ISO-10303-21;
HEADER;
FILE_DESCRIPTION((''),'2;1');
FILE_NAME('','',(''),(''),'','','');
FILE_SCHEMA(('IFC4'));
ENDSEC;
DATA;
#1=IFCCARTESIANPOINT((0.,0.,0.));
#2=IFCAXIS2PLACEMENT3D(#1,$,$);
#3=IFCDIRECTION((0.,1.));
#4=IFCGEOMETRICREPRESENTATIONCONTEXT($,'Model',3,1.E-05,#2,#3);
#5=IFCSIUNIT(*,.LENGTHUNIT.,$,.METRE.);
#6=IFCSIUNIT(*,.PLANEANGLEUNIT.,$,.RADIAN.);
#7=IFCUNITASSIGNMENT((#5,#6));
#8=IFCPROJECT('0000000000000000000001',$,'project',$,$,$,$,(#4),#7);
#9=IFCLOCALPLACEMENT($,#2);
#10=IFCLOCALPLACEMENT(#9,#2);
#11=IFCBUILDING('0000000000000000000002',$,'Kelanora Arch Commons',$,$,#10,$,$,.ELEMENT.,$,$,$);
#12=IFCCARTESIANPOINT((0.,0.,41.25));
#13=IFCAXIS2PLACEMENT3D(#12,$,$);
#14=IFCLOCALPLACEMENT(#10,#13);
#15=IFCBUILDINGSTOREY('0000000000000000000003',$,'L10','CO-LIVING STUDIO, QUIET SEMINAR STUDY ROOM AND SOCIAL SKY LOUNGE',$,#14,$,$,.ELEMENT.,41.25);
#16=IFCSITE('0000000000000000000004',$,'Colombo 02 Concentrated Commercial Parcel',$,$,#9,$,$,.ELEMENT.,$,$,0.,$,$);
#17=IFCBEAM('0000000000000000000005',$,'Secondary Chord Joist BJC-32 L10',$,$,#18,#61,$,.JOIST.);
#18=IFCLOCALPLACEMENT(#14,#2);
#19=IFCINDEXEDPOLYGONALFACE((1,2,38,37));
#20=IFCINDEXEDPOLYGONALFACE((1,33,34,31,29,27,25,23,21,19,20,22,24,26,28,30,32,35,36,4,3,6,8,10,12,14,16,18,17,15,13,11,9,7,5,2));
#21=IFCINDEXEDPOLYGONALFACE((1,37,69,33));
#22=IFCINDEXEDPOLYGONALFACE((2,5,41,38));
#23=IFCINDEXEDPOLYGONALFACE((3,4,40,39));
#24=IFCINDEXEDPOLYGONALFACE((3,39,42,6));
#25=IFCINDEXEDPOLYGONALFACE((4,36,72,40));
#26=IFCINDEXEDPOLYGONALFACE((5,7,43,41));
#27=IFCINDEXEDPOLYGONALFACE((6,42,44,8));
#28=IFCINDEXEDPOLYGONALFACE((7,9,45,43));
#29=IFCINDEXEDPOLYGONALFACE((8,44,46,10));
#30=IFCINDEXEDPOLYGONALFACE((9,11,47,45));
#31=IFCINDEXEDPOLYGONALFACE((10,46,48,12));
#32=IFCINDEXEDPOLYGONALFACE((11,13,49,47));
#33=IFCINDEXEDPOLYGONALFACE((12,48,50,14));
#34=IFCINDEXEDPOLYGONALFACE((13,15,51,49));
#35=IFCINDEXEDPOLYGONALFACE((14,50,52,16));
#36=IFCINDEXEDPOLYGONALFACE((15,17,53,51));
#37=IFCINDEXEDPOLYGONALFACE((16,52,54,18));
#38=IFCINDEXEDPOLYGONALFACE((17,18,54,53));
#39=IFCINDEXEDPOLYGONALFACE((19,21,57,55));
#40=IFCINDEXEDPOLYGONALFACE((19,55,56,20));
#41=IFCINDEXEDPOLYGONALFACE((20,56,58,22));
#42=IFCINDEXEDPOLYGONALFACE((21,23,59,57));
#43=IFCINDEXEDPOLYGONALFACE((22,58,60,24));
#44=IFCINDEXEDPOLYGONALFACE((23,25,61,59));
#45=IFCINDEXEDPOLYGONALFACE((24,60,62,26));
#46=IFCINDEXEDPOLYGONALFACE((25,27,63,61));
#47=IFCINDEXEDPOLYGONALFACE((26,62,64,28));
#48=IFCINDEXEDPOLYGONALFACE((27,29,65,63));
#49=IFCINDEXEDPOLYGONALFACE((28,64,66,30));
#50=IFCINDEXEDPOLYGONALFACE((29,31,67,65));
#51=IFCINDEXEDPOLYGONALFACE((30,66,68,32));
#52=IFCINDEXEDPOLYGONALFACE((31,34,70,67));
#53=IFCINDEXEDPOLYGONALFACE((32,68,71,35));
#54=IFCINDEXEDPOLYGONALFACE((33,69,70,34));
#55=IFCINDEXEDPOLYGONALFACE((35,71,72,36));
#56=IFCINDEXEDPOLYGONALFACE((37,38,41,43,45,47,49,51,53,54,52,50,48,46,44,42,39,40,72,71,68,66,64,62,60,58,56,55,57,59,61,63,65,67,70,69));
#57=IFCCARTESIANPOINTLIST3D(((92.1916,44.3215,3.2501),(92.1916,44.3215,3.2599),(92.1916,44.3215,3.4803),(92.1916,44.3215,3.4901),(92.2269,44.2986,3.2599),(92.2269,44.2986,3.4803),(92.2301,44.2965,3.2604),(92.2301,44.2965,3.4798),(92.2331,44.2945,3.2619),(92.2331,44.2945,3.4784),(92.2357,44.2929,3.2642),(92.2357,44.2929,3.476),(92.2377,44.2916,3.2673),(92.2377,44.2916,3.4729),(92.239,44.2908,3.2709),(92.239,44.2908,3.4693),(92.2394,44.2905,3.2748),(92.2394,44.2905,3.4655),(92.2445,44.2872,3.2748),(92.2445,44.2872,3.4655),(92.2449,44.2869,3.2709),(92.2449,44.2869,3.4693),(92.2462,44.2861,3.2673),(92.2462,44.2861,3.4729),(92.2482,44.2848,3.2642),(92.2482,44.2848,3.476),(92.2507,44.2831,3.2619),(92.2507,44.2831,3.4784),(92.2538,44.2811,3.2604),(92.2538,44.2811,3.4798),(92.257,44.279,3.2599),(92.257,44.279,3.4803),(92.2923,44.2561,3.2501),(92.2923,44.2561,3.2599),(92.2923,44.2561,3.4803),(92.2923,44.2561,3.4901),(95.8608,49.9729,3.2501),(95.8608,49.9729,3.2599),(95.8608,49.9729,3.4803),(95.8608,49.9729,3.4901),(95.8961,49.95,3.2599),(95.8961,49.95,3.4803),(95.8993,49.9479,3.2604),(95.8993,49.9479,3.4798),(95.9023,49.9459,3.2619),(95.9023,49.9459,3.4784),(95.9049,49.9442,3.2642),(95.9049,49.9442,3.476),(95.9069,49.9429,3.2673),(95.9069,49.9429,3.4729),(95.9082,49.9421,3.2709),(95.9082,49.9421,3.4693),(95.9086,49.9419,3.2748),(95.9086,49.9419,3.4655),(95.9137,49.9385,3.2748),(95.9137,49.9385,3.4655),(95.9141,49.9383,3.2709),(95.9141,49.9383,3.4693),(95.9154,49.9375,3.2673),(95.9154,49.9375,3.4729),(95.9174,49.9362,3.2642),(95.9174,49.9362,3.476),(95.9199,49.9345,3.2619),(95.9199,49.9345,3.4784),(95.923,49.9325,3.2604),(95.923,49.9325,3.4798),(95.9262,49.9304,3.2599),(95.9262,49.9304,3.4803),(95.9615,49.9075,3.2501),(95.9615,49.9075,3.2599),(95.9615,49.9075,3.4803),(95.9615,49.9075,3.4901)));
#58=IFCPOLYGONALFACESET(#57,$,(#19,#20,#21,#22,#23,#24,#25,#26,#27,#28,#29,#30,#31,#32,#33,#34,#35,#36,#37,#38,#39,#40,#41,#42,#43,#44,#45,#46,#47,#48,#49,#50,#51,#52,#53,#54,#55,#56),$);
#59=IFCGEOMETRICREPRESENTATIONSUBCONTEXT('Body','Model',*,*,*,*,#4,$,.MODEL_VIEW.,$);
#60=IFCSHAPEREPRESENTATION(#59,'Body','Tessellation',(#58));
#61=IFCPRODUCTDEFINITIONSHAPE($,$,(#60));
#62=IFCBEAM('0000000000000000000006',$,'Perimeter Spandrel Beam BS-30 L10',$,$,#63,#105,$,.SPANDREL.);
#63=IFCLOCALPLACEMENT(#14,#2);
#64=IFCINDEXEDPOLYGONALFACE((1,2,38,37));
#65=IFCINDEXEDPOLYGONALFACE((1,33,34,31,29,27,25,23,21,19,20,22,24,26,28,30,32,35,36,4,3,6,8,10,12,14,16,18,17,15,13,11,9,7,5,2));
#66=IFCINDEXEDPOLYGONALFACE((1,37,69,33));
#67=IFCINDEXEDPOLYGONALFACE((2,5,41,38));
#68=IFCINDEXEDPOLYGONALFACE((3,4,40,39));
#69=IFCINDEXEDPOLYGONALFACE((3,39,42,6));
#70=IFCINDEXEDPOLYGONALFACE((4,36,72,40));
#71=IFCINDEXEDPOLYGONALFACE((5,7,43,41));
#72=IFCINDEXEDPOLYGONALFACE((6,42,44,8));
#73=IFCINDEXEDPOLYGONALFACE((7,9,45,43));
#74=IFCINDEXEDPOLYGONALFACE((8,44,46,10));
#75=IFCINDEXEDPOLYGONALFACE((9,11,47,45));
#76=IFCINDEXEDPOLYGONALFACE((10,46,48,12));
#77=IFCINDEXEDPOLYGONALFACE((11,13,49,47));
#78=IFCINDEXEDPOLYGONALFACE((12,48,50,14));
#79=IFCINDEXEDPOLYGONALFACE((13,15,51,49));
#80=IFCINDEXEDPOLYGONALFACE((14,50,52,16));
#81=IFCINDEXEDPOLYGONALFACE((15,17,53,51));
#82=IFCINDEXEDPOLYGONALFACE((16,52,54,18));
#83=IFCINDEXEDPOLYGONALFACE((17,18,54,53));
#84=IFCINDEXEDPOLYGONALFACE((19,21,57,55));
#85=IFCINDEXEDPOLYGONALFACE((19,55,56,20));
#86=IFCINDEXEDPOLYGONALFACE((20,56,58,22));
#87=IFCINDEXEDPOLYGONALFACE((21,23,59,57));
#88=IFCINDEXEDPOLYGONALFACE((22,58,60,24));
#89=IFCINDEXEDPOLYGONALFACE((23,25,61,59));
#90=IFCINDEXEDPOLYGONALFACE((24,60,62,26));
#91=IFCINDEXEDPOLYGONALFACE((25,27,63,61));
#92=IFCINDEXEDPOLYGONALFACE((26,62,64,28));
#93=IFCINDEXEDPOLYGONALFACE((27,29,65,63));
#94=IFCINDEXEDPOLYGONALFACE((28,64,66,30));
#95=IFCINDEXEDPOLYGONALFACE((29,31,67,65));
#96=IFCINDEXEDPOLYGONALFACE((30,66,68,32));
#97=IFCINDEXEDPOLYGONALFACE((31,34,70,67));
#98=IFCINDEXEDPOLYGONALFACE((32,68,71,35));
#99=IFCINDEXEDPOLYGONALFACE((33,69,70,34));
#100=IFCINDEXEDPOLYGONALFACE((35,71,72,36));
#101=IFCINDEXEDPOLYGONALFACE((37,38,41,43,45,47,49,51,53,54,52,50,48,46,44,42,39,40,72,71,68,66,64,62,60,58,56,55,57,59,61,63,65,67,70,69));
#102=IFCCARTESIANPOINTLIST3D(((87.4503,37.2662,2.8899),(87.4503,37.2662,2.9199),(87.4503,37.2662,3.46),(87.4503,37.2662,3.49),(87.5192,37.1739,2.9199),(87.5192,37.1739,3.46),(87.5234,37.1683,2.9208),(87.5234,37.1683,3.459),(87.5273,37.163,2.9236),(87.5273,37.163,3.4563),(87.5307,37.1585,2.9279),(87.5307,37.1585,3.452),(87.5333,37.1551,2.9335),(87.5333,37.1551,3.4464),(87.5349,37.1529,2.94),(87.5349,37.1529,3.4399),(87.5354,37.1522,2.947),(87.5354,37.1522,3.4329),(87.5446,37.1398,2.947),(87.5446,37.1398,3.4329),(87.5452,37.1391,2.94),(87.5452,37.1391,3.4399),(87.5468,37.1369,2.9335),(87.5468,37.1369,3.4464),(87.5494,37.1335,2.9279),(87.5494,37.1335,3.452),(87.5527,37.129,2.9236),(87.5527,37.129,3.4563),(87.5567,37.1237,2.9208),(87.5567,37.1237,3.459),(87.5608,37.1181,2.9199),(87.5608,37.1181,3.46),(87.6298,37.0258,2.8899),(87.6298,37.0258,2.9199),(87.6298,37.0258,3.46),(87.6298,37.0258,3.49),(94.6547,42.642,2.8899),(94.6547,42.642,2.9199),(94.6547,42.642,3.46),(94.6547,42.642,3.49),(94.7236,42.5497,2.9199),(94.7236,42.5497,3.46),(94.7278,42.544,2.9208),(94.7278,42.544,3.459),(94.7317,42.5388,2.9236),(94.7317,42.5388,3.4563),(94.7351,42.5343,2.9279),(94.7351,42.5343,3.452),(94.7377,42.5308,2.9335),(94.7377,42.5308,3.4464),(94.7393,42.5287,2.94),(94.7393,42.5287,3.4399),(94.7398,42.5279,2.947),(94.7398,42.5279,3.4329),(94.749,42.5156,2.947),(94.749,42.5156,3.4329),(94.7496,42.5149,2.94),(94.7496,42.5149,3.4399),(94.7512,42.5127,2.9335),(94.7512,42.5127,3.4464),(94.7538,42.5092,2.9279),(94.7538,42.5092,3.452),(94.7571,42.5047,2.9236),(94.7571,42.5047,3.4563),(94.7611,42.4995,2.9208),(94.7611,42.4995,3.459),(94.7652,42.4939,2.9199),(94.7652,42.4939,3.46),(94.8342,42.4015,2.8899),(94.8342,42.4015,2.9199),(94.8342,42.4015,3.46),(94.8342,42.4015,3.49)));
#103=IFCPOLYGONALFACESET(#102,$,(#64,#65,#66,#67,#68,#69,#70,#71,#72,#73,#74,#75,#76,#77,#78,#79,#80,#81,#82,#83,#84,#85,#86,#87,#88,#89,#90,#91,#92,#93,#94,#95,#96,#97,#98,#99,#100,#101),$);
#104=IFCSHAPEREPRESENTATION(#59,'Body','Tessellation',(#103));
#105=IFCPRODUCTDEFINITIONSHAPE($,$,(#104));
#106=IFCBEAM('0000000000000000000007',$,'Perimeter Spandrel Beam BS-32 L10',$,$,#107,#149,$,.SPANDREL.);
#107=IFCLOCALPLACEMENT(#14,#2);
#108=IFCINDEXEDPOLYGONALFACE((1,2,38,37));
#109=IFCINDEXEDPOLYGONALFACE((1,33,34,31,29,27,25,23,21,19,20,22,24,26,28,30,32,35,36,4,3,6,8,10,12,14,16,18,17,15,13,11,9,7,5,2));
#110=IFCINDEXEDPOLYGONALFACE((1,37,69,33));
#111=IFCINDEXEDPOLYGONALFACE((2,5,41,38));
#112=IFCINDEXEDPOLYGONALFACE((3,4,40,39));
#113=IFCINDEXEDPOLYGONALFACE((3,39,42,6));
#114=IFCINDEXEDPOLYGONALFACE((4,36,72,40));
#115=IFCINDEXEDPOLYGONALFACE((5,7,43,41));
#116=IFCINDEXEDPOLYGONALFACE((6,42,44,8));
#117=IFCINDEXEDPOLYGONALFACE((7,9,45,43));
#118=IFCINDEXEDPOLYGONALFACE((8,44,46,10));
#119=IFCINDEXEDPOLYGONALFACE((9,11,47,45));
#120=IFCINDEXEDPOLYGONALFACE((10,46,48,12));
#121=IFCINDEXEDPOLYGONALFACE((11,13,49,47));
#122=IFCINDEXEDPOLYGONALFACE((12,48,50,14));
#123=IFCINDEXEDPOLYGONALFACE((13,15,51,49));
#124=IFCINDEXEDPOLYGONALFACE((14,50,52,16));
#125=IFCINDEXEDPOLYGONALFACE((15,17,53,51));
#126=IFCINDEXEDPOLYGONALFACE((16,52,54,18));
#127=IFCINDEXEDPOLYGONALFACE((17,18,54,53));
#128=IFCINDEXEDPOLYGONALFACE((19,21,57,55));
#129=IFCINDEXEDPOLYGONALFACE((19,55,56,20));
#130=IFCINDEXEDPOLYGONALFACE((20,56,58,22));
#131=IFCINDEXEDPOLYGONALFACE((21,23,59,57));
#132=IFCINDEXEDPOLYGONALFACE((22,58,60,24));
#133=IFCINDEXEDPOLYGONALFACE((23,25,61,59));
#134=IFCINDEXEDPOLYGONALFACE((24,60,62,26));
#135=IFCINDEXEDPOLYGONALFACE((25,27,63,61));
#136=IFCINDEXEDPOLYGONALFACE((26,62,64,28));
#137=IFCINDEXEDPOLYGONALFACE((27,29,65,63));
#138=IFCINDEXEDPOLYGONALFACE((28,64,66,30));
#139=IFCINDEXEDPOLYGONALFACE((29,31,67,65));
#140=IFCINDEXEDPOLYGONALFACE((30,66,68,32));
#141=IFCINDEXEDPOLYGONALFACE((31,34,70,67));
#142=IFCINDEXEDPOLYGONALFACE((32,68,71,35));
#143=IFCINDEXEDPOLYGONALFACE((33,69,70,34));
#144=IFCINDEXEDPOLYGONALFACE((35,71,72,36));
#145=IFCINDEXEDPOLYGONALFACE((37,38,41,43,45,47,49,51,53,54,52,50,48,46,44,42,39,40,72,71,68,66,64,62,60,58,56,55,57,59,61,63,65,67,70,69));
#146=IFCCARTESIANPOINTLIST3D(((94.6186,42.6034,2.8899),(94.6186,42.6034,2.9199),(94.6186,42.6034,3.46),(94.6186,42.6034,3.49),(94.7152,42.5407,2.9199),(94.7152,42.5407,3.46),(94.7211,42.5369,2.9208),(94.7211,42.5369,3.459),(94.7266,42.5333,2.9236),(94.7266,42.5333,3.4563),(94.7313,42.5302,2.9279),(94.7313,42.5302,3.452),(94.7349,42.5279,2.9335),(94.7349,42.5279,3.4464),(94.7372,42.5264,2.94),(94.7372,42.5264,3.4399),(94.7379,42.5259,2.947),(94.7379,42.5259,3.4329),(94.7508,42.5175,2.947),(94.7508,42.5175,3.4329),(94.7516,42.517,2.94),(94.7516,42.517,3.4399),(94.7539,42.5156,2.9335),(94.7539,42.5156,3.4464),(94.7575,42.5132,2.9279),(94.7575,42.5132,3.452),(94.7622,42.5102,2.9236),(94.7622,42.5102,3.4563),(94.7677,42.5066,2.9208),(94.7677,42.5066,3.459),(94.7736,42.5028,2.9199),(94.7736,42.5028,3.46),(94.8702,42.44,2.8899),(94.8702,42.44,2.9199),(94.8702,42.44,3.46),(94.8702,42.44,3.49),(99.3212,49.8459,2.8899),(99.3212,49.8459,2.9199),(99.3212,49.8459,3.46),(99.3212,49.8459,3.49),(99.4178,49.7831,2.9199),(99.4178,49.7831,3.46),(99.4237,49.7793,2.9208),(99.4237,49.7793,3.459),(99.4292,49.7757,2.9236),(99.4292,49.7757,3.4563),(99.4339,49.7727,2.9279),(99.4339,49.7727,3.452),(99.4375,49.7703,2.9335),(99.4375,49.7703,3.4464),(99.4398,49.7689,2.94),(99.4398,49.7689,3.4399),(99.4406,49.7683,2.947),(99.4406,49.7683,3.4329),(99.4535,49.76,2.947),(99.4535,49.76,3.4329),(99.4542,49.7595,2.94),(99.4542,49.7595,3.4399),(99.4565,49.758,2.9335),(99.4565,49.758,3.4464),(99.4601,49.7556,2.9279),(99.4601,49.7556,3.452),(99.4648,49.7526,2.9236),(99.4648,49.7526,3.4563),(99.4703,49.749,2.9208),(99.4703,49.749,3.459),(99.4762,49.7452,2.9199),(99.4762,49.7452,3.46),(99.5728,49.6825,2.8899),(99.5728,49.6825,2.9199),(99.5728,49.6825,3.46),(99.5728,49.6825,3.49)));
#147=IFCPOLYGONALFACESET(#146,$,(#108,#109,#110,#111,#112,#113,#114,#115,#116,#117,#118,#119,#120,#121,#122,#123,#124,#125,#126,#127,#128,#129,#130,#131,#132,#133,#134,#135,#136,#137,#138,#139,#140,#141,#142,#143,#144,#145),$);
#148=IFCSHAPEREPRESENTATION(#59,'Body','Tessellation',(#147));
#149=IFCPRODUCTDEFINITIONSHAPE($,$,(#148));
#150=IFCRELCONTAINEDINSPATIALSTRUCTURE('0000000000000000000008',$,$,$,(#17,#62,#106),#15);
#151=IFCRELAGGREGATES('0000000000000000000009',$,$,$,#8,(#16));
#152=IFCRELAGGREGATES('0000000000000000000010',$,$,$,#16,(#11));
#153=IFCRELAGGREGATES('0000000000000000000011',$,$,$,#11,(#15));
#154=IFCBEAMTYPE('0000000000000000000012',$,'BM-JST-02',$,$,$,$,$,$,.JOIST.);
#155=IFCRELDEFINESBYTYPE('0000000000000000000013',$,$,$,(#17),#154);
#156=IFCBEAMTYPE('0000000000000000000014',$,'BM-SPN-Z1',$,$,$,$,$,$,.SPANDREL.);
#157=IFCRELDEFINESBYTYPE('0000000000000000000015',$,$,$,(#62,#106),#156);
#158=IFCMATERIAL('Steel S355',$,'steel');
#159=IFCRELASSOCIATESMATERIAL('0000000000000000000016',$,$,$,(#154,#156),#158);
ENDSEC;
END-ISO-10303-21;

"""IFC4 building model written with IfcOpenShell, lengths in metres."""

from ifc_helpers import new_model, si_unit, direction, frame, origin, origin_2d, place, context, subcontext, project, spatial, i_section, extrude, material, material_profile, profile_set, type_object, element, save


model = new_model("IFC4")

# Units and contexts
model_context = context("Model", 3, precision=1e-05, world=origin(), true_north=direction((0.0, 1.0)))
body_context = subcontext(model_context, "Body", "Model", "MODEL_VIEW")
ifc_project = project(units=[si_unit("LENGTHUNIT", "METRE"), si_unit("PLANEANGLEUNIT", "RADIAN")], contexts=[model_context])

# Site, building, storey
site_placement = place(None, origin())
site = spatial("IfcSite", under=ifc_project, at=site_placement, Name="Colombo 02 Concentrated Commercial Parcel", CompositionType="ELEMENT", RefElevation=0.0)
building_placement = place(site_placement, origin())
building = spatial("IfcBuilding", under=site, at=building_placement, Name="Kelanora Arch Commons", CompositionType="ELEMENT")
storey_placement = place(building_placement, frame((0.0, 0.0, 41.25)))
storey = spatial("IfcBuildingStorey", under=building, at=storey_placement, Name="L10", Description="CO-LIVING STUDIO, QUIET SEMINAR STUDY ROOM AND SOCIAL SKY LOUNGE", CompositionType="ELEMENT", Elevation=41.25)

# Beams
ifc_material_1 = material(Name="Steel S355", Category="steel")
ifc_material_profile_1 = material_profile(ifc_material_1, i_section(OverallWidth=0.1201, OverallDepth=0.24, WebThickness=0.0061, FlangeThickness=0.0098, FilletRadius=0.0149, at=origin_2d()), Name="IPE240")
ifc_profile_set_1 = profile_set([ifc_material_profile_1], Name="Steel S355")
beam_type_1 = type_object("IfcBeamType", Name="BM-JST-02", PredefinedType="JOIST", material=ifc_profile_set_1)
beam_1_placement = place(storey_placement, frame((92.2419, 44.2888, 3.3701), z_axis=(0.54455, 0.838728, 0.0), x_axis=(-0.838728, 0.54455, 0.0)))
element("IfcBeam", 1, at=beam_1_placement, inside=storey, type_object=beam_type_1, Name="Secondary Chord Joist BJC-32 L10", PredefinedType="JOIST", context=body_context, shape_type="SweptSolid", body=[
    extrude(i_section(OverallWidth=0.1201, OverallDepth=0.24, WebThickness=0.0061, FlangeThickness=0.0098, FilletRadius=0.0149, at=origin_2d()), origin(), (0.0, 0.0, 1.0), 6.738),
])
ifc_material_profile_2 = material_profile(ifc_material_1, i_section(OverallWidth=0.3, OverallDepth=0.6001, WebThickness=0.0154, FlangeThickness=0.03, FilletRadius=0.0271, at=origin_2d()), Name="HEB600")
ifc_profile_set_2 = profile_set([ifc_material_profile_2], Name="Steel S355")
beam_type_2 = type_object("IfcBeamType", Name="BM-SPN-Z1", PredefinedType="SPANDREL", material=ifc_profile_set_2)
beam_2_placement = place(storey_placement, frame((87.54, 37.146, 3.1899), z_axis=(0.801468, 0.598038, 0.0), x_axis=(-0.598038, 0.801468, 0.0)))
element("IfcBeam", 2, at=beam_2_placement, inside=storey, type_object=beam_type_2, Name="Perimeter Spandrel Beam BS-30 L10", PredefinedType="SPANDREL", context=body_context, shape_type="SweptSolid", body=[
    extrude(i_section(OverallWidth=0.3, OverallDepth=0.6001, WebThickness=0.0154, FlangeThickness=0.03, FilletRadius=0.0271, at=origin_2d()), origin(), (0.0, 0.0, 1.0), 8.989),
])
beam_3_placement = place(storey_placement, frame((94.7444, 42.5217, 3.1899), z_axis=(0.544586, 0.838705, 0.0), x_axis=(-0.838705, 0.544586, 0.0)))
element("IfcBeam", 3, at=beam_3_placement, inside=storey, type_object=beam_type_2, Name="Perimeter Spandrel Beam BS-32 L10", PredefinedType="SPANDREL", context=body_context, shape_type="SweptSolid", body=[
    extrude(i_section(OverallWidth=0.3, OverallDepth=0.6001, WebThickness=0.0154, FlangeThickness=0.03, FilletRadius=0.0271, at=origin_2d()), origin(), (0.0, 0.0, 1.0), 8.6353),
])

save(model, "model.ifc")
